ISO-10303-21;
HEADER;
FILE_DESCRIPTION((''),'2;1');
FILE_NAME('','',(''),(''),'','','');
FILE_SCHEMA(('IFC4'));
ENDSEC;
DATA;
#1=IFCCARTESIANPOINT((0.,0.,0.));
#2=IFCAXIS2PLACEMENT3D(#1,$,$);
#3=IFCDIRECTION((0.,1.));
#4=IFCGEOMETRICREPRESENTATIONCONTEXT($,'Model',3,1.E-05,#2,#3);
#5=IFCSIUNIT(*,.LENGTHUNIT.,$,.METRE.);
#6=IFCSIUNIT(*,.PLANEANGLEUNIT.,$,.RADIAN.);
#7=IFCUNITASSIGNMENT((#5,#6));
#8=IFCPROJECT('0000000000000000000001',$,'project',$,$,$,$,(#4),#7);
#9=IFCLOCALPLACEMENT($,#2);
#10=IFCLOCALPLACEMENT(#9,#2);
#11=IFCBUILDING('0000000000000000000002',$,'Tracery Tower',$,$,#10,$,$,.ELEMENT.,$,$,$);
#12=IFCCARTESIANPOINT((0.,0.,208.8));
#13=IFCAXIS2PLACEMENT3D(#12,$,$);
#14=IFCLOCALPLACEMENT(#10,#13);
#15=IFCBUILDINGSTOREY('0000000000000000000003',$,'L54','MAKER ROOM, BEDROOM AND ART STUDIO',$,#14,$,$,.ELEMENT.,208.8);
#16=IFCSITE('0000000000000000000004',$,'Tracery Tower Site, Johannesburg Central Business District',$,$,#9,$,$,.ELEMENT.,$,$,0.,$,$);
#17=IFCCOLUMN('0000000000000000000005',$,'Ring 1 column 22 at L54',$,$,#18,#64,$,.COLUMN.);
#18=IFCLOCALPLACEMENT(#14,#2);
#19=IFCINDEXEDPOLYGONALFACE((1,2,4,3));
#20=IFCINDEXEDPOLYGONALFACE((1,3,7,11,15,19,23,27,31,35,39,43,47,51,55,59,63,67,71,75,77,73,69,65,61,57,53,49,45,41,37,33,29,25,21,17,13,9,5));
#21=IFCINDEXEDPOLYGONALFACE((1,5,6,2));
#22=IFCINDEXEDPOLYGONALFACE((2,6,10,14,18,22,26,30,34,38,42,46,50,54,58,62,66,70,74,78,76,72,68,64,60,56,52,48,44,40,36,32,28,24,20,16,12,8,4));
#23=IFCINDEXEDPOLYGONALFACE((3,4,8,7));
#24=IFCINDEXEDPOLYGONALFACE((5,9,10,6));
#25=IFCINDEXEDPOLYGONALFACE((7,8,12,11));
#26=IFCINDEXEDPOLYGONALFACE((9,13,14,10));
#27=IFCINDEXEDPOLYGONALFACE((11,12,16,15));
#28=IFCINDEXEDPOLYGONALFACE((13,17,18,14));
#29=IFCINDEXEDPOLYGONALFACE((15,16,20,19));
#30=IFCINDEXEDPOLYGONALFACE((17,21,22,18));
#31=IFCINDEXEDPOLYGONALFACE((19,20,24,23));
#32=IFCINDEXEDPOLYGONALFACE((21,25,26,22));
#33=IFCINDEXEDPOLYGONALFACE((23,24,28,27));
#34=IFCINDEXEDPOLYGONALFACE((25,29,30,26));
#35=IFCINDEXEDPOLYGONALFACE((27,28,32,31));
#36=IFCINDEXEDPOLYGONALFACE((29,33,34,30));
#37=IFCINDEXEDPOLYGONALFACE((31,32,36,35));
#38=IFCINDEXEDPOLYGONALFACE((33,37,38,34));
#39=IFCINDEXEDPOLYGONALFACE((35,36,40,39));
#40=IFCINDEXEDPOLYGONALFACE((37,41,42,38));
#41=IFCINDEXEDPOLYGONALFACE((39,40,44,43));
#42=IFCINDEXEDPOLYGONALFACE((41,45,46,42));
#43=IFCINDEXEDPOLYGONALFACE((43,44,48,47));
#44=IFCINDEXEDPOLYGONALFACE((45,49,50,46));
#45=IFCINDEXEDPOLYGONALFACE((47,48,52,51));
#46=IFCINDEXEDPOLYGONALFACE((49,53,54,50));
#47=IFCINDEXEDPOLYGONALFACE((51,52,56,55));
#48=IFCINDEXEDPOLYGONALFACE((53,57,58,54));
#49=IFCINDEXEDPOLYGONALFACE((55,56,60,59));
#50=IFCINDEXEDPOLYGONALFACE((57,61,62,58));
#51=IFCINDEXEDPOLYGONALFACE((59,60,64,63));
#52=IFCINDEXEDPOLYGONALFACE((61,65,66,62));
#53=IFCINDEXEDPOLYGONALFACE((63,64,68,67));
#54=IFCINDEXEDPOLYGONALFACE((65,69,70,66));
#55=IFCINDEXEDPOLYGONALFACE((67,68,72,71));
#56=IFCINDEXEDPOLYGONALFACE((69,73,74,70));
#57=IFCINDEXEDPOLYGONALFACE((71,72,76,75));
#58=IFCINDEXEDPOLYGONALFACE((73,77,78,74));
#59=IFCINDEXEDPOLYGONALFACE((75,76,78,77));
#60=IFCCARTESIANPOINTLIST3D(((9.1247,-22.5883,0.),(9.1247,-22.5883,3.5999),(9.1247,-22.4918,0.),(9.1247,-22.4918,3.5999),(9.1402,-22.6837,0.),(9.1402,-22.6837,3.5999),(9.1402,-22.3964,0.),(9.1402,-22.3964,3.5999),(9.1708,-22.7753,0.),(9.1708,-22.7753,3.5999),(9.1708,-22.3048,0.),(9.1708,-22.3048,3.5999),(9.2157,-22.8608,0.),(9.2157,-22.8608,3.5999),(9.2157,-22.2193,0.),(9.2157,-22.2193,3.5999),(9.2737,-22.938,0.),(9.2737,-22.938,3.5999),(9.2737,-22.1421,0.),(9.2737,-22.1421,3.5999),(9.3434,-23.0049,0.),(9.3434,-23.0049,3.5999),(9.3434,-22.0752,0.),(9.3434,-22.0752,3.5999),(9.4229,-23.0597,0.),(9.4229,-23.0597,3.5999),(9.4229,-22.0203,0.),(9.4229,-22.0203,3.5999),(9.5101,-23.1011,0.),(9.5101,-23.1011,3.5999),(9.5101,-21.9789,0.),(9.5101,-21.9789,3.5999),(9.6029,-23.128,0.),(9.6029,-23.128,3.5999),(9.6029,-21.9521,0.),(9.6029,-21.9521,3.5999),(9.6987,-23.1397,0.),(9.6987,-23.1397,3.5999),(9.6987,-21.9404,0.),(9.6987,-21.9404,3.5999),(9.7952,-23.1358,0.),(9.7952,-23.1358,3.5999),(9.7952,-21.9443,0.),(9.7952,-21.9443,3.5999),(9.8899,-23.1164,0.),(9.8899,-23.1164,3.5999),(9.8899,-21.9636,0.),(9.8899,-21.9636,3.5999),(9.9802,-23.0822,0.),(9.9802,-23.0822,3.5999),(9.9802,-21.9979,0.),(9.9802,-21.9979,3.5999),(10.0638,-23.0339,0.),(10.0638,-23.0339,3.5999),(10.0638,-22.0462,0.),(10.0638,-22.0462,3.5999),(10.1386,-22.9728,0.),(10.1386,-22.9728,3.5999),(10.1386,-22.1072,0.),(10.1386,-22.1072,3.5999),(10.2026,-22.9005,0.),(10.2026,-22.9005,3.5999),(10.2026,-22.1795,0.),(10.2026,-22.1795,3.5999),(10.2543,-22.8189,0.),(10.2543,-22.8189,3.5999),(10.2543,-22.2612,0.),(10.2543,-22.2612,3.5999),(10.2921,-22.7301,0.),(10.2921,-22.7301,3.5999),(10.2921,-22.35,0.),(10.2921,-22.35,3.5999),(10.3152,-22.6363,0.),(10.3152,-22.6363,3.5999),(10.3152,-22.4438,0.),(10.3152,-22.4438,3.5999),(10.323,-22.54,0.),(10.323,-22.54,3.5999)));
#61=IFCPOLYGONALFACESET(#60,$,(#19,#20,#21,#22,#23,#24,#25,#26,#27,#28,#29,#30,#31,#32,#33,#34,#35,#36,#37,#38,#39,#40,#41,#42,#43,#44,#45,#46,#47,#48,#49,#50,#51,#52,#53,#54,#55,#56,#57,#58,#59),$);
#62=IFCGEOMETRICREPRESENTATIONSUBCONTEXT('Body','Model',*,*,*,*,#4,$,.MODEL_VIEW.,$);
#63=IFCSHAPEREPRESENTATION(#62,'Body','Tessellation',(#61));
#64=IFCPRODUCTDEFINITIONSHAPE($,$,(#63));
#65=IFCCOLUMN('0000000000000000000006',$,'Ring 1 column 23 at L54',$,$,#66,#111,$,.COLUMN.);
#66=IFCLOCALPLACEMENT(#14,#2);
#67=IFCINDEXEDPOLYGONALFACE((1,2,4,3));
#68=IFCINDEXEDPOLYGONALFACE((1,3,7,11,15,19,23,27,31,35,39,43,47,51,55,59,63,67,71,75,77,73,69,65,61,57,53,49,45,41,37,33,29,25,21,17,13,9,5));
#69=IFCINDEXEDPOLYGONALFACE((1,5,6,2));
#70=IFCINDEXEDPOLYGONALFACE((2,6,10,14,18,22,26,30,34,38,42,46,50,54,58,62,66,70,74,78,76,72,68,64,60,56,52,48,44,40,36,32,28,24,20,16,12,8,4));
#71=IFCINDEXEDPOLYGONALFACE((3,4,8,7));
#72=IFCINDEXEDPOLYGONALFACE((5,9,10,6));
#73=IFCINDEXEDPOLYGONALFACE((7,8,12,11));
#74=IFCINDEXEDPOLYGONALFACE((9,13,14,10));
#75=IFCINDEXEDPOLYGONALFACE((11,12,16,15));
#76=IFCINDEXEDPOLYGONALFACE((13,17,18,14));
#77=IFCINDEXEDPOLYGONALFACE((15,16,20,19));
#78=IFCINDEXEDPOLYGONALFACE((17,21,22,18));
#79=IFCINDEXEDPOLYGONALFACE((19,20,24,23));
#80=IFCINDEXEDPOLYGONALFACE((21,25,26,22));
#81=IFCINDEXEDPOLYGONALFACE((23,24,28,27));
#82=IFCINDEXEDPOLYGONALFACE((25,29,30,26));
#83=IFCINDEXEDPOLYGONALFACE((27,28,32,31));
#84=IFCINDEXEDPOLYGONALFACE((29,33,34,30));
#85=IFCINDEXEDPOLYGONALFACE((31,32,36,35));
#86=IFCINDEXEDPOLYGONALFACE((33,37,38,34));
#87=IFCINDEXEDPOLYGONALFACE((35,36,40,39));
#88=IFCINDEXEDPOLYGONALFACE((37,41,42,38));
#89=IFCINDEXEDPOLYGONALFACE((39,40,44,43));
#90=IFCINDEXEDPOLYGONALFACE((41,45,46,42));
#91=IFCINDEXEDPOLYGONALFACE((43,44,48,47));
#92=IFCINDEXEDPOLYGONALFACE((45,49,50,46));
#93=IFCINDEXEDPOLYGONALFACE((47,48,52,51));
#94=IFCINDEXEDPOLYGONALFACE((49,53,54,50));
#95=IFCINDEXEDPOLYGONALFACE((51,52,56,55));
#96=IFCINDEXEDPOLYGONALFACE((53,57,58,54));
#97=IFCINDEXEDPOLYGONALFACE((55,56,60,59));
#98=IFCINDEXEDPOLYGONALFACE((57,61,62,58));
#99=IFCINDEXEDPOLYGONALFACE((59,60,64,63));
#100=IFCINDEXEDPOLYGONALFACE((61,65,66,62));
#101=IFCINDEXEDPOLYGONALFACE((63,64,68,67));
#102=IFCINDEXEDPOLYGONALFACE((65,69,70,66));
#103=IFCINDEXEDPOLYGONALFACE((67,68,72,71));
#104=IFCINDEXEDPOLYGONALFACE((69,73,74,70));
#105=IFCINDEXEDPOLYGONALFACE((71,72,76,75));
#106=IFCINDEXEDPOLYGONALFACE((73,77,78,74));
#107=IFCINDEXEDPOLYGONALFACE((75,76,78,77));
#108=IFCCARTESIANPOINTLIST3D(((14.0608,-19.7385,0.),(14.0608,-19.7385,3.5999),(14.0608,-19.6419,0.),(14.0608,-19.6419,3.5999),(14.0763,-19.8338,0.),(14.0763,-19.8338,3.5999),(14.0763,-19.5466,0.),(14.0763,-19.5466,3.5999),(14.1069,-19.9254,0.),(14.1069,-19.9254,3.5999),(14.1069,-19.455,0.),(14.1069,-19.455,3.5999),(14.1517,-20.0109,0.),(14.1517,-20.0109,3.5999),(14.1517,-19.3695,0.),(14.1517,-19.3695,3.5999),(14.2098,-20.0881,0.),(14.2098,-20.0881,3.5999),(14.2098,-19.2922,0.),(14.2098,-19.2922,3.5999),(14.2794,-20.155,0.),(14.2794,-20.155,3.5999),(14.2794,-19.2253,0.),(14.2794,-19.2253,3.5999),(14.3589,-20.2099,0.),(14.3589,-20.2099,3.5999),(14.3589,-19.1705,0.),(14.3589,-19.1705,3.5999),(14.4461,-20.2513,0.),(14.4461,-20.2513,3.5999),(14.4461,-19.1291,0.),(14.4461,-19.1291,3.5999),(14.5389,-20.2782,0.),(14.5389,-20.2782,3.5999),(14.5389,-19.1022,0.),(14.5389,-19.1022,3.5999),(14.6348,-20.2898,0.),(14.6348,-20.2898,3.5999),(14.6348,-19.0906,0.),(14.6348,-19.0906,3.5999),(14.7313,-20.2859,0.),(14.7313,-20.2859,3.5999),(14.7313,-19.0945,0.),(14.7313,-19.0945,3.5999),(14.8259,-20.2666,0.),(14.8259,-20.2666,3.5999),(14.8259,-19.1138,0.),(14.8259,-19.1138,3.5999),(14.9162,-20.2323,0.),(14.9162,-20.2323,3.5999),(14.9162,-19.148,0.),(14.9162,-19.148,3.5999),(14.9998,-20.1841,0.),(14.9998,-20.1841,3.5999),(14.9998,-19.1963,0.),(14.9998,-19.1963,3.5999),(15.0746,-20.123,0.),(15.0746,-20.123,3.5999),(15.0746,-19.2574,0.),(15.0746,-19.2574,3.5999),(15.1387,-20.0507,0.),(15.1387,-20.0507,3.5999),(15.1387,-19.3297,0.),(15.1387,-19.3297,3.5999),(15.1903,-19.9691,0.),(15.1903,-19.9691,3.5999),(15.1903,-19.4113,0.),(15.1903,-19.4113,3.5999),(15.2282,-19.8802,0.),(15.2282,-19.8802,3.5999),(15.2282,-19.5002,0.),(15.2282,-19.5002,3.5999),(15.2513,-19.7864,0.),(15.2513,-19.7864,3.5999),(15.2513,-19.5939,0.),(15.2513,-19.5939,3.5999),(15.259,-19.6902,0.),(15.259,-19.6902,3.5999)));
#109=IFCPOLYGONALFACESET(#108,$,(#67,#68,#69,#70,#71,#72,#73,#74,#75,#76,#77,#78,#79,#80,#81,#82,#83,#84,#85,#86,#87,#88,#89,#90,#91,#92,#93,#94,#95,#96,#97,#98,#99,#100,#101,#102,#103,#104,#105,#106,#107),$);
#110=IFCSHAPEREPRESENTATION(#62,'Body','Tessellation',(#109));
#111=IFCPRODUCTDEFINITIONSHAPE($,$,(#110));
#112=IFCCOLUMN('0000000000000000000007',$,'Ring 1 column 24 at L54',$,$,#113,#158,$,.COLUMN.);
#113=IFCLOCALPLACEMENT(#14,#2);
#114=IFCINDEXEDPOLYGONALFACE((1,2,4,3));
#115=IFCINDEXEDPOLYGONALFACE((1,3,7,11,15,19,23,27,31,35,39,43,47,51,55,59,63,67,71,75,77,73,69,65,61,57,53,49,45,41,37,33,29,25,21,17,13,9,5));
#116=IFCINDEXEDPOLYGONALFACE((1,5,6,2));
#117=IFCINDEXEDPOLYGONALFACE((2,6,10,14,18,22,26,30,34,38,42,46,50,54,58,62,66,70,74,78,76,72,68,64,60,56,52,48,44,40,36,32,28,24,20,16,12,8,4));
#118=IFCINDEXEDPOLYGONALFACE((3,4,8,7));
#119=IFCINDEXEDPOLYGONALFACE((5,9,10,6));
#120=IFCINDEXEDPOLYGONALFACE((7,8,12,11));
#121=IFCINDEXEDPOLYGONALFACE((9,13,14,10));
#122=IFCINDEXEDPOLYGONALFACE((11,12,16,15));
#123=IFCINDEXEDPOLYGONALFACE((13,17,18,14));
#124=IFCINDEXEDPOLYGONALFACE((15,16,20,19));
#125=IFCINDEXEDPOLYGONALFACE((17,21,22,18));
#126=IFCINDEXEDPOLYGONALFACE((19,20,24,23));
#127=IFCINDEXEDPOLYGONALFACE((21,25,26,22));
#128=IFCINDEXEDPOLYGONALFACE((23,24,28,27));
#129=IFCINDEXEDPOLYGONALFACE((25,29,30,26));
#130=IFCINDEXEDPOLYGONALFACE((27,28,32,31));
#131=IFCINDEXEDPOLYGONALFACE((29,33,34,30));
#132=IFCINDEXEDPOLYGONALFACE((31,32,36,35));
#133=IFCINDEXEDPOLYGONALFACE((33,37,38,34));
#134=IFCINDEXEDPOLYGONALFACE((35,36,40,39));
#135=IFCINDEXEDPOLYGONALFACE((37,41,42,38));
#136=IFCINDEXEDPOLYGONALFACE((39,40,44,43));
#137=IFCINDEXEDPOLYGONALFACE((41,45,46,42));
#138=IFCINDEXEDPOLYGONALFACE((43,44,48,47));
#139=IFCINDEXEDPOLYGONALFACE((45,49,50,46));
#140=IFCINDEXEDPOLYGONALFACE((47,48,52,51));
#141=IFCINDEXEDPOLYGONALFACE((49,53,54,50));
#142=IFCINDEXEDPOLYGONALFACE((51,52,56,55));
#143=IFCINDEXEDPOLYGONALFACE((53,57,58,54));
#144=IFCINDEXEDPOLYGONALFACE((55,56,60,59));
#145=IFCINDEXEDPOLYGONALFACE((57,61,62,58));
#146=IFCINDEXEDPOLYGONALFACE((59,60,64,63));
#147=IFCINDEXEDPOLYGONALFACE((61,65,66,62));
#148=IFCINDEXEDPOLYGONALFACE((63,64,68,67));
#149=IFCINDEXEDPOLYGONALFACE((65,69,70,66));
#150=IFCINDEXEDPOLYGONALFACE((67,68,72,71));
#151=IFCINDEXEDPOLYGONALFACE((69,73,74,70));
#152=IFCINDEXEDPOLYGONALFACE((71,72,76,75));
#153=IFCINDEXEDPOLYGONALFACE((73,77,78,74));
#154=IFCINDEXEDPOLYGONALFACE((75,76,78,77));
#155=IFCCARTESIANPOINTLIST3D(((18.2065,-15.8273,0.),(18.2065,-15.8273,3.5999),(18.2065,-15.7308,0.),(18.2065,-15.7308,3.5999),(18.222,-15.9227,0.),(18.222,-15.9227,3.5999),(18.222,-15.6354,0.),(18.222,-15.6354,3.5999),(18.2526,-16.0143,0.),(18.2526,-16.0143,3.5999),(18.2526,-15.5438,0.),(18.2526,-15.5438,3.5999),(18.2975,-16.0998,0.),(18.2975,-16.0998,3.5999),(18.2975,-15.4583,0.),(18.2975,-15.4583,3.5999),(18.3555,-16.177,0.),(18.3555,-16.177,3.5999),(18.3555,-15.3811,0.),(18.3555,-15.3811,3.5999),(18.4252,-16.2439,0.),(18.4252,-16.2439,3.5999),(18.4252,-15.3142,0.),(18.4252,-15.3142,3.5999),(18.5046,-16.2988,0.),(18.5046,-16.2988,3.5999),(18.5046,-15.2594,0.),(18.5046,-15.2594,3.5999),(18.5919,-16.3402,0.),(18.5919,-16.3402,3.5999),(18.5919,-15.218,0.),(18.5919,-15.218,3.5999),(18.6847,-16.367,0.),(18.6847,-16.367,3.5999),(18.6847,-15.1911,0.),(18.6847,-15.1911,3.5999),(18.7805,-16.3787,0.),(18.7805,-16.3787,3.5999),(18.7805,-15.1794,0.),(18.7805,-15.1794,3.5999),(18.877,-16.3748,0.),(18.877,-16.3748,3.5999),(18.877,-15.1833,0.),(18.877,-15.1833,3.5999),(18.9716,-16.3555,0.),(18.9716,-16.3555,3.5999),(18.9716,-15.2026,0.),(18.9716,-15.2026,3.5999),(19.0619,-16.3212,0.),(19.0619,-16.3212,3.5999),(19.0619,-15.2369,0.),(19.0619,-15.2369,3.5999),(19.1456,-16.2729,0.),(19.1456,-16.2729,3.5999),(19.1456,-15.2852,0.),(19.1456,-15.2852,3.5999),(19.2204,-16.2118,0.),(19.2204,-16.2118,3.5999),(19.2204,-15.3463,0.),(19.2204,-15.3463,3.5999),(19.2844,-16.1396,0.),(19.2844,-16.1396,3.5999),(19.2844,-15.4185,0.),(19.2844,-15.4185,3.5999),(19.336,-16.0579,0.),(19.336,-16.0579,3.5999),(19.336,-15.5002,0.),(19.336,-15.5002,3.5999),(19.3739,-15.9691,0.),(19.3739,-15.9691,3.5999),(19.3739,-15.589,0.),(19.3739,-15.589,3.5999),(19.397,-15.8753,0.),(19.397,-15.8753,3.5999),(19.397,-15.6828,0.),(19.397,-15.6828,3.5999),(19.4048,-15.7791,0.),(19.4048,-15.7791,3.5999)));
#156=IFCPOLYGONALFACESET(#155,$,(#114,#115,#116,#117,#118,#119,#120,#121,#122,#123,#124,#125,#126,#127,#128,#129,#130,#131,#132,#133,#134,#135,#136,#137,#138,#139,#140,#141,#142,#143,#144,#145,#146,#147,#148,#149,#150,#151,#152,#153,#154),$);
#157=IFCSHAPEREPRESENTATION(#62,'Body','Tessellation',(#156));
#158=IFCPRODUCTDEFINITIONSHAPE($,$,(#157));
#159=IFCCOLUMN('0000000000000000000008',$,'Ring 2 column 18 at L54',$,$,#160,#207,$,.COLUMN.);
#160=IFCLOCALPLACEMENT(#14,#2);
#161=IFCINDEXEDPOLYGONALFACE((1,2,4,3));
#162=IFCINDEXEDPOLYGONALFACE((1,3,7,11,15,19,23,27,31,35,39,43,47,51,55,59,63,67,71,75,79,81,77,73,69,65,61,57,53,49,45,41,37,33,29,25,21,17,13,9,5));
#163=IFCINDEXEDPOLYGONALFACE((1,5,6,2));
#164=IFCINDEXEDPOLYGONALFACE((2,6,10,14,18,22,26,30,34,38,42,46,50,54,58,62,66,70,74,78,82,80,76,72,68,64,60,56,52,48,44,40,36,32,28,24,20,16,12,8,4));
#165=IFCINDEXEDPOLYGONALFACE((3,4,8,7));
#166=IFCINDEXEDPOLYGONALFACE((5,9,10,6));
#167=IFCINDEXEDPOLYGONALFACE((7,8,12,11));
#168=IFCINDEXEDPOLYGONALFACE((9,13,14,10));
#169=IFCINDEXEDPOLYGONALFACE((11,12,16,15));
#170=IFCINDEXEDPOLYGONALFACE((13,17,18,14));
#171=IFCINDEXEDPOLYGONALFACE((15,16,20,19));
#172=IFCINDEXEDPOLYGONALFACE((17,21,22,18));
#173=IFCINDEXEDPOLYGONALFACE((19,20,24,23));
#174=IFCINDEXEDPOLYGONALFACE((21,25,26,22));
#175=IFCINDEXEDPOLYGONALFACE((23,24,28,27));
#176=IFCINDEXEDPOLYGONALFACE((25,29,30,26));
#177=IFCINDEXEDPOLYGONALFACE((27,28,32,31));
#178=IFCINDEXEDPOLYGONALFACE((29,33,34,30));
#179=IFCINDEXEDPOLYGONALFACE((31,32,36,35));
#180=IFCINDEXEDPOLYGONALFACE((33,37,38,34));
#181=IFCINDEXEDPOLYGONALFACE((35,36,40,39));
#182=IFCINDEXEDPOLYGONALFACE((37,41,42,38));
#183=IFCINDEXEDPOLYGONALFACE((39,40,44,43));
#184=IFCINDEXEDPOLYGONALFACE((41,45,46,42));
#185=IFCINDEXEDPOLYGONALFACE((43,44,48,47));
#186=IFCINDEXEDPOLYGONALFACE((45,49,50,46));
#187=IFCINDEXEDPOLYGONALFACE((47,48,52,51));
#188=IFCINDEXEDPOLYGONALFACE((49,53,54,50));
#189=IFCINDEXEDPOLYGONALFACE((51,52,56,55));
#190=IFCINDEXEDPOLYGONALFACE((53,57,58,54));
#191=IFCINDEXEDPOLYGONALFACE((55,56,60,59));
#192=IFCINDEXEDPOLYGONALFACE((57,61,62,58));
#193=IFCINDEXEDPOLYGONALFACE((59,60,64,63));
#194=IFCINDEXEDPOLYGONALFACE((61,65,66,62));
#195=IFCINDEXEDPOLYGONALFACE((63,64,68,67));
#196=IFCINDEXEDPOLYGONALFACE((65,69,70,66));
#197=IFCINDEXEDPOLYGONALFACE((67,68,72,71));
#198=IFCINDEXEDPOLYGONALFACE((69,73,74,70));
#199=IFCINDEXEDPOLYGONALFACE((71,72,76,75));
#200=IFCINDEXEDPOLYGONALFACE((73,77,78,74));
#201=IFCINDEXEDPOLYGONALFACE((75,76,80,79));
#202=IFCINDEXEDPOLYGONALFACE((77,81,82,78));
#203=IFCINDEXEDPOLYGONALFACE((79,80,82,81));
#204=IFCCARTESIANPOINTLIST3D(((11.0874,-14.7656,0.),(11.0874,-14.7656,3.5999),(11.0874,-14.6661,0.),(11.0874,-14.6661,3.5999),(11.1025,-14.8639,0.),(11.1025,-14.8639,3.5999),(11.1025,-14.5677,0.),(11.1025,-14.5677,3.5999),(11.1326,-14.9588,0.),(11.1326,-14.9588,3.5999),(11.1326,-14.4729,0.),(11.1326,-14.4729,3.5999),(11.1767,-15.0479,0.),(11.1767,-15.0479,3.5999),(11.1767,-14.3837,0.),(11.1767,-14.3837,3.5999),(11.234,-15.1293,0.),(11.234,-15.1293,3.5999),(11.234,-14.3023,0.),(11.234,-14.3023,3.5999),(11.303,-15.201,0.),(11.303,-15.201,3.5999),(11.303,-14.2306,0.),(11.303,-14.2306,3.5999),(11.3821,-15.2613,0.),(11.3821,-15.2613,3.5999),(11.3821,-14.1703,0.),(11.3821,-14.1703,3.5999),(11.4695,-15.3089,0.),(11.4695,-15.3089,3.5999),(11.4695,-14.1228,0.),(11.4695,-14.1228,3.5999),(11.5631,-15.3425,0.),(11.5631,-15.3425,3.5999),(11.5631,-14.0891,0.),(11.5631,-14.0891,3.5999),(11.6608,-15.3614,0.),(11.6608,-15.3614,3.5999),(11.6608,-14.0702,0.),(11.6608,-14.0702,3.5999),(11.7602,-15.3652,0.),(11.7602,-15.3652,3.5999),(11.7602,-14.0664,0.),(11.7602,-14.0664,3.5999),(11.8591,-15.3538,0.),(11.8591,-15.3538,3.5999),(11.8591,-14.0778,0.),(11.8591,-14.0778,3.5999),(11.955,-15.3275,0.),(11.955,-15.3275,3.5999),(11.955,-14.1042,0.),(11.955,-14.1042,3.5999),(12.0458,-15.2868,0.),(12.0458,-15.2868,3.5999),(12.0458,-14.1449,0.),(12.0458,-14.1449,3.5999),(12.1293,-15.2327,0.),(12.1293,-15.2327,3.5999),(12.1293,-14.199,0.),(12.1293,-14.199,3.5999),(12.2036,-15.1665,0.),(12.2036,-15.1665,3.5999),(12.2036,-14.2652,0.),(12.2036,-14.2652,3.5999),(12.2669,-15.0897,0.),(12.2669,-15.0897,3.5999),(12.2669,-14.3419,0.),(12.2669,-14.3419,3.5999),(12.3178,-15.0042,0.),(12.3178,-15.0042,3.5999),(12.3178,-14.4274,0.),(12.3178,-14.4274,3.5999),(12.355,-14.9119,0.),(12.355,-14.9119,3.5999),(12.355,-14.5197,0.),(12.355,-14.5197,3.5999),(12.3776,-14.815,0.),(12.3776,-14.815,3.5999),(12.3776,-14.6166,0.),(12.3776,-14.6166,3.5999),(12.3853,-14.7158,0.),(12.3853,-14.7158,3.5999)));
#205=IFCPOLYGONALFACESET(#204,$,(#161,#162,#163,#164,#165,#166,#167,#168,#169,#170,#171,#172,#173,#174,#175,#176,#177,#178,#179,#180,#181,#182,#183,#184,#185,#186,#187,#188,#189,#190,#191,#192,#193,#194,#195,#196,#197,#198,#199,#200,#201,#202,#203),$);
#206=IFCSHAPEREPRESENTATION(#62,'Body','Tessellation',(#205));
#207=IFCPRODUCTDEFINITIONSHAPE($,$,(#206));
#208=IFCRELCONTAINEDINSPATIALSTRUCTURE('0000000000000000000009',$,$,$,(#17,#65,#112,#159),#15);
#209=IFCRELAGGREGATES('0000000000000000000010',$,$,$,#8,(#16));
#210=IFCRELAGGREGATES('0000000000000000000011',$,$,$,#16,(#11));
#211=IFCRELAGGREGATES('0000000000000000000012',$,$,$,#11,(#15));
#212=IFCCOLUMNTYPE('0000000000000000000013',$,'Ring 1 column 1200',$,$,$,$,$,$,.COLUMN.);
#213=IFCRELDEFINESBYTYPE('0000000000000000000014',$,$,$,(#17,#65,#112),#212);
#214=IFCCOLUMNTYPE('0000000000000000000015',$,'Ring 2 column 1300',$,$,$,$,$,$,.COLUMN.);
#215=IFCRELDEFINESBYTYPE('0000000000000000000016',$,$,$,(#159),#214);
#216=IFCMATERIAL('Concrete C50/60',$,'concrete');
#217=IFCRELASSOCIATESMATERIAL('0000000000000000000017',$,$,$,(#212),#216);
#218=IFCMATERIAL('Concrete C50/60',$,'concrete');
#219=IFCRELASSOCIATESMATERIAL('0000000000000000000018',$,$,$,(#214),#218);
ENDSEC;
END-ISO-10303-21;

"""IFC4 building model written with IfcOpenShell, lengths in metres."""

from ifc_helpers import new_model, si_unit, direction, frame, origin, origin_2d, place, context, subcontext, project, spatial, circle, extrude, material, material_profile, profile_set, type_object, element, save


model = new_model("IFC4")

# Units and contexts
model_context = context("Model", 3, precision=1e-05, world=origin(), true_north=direction((0.0, 1.0)))
body_context = subcontext(model_context, "Body", "Model", "MODEL_VIEW")
ifc_project = project(units=[si_unit("LENGTHUNIT", "METRE"), si_unit("PLANEANGLEUNIT", "RADIAN")], contexts=[model_context])

# Site, building, storey
site_placement = place(None, origin())
site = spatial("IfcSite", under=ifc_project, at=site_placement, Name="Tracery Tower Site, Johannesburg Central Business District", CompositionType="ELEMENT", RefElevation=0.0)
building_placement = place(site_placement, origin())
building = spatial("IfcBuilding", under=site, at=building_placement, Name="Tracery Tower", CompositionType="ELEMENT")
storey_placement = place(building_placement, frame((0.0, 0.0, 208.8)))
storey = spatial("IfcBuildingStorey", under=building, at=storey_placement, Name="L54", Description="MAKER ROOM, BEDROOM AND ART STUDIO", CompositionType="ELEMENT", Elevation=208.8)

# Columns
ifc_material_1 = material(Name="Concrete C50/60", Category="concrete")
ifc_material_profile_1 = material_profile(ifc_material_1, circle(Radius=0.6001, at=origin_2d()), Name="RC D1200")
ifc_profile_set_1 = profile_set([ifc_material_profile_1], Name="Concrete C50/60")
column_type_1 = type_object("IfcColumnType", Name="Ring 1 column 1200", PredefinedType="COLUMN", material=ifc_profile_set_1)
for number, where, z_axis, x_axis, name in (
    (1, (9.7229, -22.54, 0.0), (0.0, 0.0, 1.0), (1.0, 0.0, 0.0), "Ring 1 column 22 at L54"),
    (2, (14.6589, -19.6902, 0.0), (0.0, 0.0, 1.0), (1.0, 0.0, 0.0), "Ring 1 column 23 at L54"),
    (3, (18.8047, -15.7791, 0.0), (0.0, 0.0, 1.0), (1.0, 0.0, 0.0), "Ring 1 column 24 at L54"),
):
    element("IfcColumn", number, at=place(storey_placement, frame(where, z_axis=z_axis, x_axis=x_axis)), inside=storey, type_object=column_type_1, Name=name, PredefinedType="COLUMN", context=body_context, shape_type="SweptSolid", body=[
        extrude(circle(Radius=0.6001, at=origin_2d()), origin(), (0.0, 0.0, 1.0), 3.5999),
    ])
ifc_material_2 = material(Name="Concrete C50/60", Category="concrete")
ifc_material_profile_2 = material_profile(ifc_material_2, circle(Radius=0.6499, at=origin_2d()), Name="RC D1300")
ifc_profile_set_2 = profile_set([ifc_material_profile_2], Name="Concrete C50/60")
column_type_2 = type_object("IfcColumnType", Name="Ring 2 column 1300", PredefinedType="COLUMN", material=ifc_profile_set_2)
column_placement = place(storey_placement, frame((11.7354, -14.7158, 0.0), z_axis=(0.0, 0.0, 1.0), x_axis=(1.0, 0.0, 0.0)))
element("IfcColumn", 4, at=column_placement, inside=storey, type_object=column_type_2, Name="Ring 2 column 18 at L54", PredefinedType="COLUMN", context=body_context, shape_type="SweptSolid", body=[
    extrude(circle(Radius=0.6499, at=origin_2d()), origin(), (0.0, 0.0, 1.0), 3.5999),
])

save(model, "model.ifc")
